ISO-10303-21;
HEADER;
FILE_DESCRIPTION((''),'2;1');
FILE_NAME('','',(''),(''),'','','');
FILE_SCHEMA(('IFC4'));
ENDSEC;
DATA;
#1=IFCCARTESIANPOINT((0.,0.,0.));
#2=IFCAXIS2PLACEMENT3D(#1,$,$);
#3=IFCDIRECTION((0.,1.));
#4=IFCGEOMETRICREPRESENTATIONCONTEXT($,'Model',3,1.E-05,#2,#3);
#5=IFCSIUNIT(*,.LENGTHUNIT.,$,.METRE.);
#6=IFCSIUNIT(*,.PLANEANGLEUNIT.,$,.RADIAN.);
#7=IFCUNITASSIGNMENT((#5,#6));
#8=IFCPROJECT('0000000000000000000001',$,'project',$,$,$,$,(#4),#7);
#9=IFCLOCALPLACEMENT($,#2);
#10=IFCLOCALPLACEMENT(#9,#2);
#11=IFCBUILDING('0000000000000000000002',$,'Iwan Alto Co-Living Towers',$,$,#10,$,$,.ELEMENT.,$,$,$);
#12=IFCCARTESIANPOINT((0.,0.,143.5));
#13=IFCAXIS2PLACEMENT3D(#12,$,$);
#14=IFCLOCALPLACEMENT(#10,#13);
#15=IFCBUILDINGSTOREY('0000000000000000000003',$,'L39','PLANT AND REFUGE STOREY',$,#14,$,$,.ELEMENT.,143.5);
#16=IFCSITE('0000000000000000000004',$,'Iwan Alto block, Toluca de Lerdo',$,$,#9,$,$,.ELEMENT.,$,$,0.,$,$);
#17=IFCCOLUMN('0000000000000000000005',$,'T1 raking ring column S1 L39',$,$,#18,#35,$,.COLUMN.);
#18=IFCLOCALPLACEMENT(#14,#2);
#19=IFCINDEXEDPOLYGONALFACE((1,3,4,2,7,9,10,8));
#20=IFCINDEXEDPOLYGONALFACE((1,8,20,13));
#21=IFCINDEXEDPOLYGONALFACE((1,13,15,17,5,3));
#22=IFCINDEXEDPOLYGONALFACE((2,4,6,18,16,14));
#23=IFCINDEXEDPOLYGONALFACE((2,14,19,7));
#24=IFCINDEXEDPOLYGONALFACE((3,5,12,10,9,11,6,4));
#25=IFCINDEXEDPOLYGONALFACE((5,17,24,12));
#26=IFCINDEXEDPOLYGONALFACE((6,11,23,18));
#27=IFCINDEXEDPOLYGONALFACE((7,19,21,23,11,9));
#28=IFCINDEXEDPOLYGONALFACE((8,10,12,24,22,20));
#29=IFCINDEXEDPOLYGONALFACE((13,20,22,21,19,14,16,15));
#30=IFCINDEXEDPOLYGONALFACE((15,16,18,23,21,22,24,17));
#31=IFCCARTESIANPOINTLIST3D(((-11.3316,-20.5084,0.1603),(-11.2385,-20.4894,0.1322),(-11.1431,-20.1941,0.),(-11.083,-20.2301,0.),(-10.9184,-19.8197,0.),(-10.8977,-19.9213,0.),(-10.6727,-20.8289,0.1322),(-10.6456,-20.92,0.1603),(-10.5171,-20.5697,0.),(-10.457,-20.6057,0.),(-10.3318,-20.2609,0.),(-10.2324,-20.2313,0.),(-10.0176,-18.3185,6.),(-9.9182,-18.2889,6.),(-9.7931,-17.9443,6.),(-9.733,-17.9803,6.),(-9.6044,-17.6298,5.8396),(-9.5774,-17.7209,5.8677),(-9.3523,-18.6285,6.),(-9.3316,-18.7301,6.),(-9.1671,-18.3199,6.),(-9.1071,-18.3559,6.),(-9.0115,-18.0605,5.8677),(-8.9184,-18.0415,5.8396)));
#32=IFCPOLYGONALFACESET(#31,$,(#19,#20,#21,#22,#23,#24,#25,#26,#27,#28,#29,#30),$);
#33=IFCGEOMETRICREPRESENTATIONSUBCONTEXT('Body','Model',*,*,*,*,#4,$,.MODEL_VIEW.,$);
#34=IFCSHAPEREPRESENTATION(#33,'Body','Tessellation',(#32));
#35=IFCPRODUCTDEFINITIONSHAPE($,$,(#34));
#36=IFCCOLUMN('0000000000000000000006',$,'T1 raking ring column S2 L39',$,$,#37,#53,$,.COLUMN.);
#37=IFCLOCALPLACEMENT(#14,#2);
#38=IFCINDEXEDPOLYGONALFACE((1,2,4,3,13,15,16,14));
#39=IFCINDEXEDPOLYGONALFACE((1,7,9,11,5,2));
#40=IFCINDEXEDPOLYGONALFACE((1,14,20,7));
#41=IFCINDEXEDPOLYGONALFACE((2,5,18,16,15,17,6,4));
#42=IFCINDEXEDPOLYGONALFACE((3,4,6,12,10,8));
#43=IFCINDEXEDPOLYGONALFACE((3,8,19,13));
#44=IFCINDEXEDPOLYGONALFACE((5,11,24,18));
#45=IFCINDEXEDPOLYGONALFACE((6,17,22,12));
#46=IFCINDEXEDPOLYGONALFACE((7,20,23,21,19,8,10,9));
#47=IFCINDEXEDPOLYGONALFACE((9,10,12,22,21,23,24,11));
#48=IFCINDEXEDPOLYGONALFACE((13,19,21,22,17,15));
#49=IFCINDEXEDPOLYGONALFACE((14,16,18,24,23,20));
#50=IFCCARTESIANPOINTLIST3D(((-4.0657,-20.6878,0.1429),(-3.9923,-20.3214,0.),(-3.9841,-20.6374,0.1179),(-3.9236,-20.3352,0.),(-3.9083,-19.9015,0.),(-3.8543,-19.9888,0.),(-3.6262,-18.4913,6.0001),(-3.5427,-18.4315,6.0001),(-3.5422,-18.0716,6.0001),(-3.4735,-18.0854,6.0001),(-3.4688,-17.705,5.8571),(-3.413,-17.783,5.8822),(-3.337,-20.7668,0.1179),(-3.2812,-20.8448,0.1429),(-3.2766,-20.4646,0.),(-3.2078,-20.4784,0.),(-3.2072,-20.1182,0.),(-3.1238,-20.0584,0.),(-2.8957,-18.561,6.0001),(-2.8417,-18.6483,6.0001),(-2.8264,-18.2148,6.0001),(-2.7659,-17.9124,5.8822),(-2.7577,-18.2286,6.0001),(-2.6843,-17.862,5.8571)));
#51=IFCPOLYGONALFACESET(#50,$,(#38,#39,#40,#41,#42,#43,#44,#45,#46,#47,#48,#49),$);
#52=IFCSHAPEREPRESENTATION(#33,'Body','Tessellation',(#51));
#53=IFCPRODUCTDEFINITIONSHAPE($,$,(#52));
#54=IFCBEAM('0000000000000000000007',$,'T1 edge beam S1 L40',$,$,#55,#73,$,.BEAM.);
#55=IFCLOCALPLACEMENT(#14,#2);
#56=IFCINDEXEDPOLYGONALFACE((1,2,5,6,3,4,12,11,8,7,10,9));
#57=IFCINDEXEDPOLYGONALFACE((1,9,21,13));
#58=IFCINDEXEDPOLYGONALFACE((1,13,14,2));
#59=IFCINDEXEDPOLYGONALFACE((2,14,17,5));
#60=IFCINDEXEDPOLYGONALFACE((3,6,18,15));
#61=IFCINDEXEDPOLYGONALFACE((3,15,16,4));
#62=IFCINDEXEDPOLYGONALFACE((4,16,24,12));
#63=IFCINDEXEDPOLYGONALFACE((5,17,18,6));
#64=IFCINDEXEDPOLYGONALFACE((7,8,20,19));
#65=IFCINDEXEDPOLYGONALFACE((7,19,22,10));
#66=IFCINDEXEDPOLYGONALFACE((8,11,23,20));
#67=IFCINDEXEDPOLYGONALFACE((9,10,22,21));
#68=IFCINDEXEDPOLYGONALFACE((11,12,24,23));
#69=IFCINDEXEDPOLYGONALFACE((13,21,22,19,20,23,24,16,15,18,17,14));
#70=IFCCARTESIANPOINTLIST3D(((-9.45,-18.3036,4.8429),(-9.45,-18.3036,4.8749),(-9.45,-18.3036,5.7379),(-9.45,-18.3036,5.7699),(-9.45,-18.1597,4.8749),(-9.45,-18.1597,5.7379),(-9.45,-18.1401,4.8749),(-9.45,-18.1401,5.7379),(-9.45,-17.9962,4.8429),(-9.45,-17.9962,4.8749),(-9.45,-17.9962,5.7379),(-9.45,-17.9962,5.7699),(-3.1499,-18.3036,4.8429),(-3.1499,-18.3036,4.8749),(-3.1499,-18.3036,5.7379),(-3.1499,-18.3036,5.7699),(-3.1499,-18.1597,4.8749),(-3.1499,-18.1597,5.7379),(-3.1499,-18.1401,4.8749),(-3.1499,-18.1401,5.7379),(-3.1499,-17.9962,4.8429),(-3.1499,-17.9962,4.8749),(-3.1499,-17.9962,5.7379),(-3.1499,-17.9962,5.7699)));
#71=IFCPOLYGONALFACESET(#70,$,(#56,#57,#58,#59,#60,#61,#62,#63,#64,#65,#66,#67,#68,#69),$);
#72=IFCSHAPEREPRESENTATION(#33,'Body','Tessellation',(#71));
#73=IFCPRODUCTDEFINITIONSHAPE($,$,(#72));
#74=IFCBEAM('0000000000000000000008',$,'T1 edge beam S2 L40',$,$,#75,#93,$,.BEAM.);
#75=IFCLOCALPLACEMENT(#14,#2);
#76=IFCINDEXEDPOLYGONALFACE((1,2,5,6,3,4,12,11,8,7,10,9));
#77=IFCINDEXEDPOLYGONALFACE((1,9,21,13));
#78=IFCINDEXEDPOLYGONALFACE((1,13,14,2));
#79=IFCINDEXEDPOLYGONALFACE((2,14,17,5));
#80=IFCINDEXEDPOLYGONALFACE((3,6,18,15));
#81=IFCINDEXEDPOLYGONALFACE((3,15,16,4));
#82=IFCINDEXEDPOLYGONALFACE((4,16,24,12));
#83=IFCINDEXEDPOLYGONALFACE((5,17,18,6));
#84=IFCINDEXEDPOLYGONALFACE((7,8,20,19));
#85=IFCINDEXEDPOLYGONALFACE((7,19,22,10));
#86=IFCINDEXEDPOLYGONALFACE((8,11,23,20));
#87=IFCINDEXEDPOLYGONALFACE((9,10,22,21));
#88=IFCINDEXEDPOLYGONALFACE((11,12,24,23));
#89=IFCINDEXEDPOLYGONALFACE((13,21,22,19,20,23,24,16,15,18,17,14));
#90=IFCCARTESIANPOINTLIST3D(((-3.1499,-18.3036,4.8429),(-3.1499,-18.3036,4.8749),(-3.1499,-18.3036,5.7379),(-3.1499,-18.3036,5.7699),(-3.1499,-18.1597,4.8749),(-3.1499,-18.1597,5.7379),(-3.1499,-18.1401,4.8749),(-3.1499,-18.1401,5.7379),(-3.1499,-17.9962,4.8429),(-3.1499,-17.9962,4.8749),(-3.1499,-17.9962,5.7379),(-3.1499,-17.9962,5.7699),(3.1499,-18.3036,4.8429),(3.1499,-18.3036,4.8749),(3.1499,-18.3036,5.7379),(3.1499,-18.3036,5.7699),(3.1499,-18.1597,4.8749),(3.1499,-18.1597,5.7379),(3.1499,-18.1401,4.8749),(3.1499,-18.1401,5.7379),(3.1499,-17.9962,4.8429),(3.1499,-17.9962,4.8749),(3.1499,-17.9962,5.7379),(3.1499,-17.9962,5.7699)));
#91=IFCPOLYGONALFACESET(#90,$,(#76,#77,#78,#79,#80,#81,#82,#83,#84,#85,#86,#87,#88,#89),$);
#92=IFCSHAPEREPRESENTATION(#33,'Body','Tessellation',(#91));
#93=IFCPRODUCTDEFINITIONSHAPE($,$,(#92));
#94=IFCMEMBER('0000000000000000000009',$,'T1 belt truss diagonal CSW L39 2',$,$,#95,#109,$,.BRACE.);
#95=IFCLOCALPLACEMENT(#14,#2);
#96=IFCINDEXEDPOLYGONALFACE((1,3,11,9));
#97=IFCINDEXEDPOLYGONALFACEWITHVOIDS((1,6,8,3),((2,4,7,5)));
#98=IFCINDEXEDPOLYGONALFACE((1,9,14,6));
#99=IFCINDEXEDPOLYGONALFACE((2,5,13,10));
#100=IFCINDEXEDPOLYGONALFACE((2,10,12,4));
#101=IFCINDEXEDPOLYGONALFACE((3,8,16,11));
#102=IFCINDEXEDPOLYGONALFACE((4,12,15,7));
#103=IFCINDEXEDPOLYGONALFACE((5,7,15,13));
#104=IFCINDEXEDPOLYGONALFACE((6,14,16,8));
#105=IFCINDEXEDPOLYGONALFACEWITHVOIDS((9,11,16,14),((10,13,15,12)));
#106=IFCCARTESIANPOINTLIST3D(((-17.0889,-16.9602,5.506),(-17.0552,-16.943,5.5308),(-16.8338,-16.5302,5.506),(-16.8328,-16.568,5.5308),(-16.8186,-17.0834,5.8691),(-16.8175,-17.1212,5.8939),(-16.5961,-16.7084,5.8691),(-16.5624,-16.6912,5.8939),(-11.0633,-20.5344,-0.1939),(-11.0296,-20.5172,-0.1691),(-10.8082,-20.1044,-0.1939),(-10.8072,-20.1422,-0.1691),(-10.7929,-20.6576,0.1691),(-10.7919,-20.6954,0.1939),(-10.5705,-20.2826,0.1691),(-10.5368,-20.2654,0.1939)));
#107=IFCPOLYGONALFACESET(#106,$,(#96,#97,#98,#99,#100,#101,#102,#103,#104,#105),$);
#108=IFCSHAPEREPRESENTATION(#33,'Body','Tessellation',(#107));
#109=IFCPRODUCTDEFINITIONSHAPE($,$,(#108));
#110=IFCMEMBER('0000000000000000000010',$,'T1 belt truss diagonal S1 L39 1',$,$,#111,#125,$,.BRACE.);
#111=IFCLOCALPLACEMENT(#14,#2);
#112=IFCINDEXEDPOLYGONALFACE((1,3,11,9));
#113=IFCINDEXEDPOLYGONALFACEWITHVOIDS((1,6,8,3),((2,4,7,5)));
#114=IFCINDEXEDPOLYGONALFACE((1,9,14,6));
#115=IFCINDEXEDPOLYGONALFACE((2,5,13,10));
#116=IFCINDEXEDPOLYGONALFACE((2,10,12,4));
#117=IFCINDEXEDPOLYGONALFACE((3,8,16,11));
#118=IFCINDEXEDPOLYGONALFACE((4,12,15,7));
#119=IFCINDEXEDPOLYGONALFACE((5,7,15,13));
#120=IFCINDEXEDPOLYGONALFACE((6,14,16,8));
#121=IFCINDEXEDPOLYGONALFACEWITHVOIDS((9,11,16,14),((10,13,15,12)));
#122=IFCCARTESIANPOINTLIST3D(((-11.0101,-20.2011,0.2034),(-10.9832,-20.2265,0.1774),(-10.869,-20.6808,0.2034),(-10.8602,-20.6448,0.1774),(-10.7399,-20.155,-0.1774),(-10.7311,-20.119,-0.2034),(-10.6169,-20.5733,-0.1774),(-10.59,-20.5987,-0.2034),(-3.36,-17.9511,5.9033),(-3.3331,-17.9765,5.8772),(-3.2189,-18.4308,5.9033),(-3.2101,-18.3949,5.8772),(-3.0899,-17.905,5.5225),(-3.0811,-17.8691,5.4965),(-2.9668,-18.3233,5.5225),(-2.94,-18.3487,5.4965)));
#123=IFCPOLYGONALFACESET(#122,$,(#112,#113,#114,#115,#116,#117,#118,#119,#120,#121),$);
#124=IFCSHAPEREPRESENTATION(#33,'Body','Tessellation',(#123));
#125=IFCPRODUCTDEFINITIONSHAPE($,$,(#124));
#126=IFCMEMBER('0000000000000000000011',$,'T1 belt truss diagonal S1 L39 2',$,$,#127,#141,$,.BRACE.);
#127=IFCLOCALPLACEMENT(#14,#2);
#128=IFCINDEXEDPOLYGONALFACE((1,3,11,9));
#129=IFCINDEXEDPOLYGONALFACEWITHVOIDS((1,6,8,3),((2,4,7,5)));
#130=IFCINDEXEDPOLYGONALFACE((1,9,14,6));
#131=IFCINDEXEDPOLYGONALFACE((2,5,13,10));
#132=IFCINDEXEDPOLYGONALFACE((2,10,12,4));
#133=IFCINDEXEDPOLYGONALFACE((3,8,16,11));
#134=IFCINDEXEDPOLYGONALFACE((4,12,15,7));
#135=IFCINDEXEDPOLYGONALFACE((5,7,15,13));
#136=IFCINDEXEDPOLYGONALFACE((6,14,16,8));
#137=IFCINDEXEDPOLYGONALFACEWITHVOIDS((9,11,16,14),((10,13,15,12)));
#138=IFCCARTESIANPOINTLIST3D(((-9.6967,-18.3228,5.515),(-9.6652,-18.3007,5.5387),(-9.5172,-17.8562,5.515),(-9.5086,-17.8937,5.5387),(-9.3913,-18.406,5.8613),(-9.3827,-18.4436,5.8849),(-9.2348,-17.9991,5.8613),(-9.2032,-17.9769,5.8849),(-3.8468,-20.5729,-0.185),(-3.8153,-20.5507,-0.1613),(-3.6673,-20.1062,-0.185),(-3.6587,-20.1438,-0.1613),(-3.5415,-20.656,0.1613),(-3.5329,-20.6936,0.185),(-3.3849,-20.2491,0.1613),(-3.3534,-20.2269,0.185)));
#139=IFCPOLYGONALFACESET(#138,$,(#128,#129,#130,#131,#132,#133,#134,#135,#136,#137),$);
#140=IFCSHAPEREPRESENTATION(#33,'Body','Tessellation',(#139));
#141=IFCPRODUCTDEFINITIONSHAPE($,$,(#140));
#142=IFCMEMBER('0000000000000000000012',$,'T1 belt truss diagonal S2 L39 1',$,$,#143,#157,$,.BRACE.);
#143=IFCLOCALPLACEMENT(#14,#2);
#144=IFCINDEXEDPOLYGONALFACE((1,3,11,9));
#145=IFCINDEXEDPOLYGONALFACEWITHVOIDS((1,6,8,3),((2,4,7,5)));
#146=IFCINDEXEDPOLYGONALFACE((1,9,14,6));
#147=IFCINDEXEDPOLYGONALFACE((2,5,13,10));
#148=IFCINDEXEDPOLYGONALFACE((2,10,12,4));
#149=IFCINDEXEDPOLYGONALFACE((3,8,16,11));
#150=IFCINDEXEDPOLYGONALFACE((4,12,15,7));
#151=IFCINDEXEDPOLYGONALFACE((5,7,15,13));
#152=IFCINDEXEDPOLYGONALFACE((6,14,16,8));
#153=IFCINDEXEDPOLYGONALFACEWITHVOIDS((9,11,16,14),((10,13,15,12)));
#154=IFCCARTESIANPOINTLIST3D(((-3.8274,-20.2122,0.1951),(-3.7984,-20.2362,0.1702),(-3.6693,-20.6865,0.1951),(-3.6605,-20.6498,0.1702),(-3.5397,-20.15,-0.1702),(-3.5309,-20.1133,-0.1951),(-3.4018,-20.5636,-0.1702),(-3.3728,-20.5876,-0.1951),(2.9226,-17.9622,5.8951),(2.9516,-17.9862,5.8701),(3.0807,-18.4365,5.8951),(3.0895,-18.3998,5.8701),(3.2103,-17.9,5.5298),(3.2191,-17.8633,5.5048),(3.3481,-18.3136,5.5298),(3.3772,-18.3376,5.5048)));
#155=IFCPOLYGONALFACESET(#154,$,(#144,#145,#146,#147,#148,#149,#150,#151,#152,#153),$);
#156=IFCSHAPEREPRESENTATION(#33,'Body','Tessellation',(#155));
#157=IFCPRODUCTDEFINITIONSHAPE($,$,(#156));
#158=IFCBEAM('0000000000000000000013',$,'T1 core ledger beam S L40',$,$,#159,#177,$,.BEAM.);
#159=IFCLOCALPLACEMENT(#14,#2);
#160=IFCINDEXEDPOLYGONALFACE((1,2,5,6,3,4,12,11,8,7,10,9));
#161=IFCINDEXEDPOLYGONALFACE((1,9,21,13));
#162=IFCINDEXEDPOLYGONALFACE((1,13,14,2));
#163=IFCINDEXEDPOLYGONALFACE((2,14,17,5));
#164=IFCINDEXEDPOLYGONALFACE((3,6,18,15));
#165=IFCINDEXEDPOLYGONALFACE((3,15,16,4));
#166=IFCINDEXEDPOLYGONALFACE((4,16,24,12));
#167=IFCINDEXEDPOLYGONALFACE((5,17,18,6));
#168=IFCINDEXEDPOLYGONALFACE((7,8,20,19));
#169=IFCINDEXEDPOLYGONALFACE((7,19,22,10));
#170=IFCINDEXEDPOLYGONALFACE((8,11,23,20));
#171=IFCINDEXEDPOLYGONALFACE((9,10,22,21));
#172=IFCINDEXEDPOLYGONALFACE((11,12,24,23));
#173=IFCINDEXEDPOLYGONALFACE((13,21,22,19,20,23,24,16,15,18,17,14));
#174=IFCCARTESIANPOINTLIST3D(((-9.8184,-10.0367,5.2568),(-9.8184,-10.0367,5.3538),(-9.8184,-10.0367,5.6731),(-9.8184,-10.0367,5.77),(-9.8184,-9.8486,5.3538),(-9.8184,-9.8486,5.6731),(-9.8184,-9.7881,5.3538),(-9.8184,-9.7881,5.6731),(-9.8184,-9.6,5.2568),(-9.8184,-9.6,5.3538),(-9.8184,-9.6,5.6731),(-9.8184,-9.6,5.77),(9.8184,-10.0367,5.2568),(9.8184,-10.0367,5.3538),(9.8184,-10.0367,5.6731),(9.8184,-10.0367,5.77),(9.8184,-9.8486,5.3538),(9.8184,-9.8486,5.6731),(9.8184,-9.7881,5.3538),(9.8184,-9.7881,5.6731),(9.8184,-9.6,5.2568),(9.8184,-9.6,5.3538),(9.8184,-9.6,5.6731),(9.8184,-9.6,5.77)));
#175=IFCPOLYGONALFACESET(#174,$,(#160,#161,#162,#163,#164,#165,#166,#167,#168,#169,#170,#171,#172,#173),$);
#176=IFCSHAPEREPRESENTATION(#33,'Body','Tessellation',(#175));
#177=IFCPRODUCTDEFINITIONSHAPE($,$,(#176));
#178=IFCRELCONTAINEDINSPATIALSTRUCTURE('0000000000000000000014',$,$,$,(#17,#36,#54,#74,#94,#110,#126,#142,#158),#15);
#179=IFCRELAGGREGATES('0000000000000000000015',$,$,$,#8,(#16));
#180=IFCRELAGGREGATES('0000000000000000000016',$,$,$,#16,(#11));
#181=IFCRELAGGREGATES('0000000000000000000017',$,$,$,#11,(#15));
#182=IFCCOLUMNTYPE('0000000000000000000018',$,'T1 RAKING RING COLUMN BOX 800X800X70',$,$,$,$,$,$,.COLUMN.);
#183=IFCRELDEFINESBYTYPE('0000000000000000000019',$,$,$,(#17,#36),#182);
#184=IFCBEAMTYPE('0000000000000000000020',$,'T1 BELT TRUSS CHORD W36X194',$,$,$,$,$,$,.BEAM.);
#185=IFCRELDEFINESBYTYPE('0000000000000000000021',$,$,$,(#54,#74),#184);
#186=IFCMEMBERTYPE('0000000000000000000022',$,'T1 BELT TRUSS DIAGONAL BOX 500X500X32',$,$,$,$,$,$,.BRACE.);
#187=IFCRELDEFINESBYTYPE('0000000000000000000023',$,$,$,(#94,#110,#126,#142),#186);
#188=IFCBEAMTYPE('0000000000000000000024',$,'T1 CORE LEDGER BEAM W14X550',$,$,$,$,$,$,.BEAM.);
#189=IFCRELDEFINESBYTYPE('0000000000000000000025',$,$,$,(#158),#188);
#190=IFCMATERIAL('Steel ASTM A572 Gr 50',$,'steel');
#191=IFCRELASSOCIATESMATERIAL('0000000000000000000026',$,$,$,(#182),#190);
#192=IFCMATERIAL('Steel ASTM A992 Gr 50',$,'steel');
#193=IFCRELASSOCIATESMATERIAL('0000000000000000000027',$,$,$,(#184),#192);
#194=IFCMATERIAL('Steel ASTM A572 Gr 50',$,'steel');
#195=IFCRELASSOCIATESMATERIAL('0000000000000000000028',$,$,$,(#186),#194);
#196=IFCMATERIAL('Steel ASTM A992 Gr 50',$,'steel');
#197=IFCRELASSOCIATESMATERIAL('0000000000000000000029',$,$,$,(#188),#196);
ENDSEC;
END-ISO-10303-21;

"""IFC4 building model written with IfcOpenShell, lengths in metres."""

from ifc_helpers import new_model, si_unit, direction, frame, origin, origin_2d, place, context, subcontext, project, spatial, hollow_rectangle, i_section, extrude, clip, halfspace, material, material_profile, profile_set, type_object, element, save


model = new_model("IFC4")

# Units and contexts
model_context = context("Model", 3, precision=1e-05, world=origin(), true_north=direction((0.0, 1.0)))
body_context = subcontext(model_context, "Body", "Model", "MODEL_VIEW")
ifc_project = project(units=[si_unit("LENGTHUNIT", "METRE"), si_unit("PLANEANGLEUNIT", "RADIAN")], contexts=[model_context])

# Site, building, storey
site_placement = place(None, origin())
site = spatial("IfcSite", under=ifc_project, at=site_placement, Name="Iwan Alto block, Toluca de Lerdo", CompositionType="ELEMENT", RefElevation=0.0)
building_placement = place(site_placement, origin())
building = spatial("IfcBuilding", under=site, at=building_placement, Name="Iwan Alto Co-Living Towers", CompositionType="ELEMENT")
storey_placement = place(building_placement, frame((0.0, 0.0, 143.5)))
storey = spatial("IfcBuildingStorey", under=building, at=storey_placement, Name="L39", Description="PLANT AND REFUGE STOREY", CompositionType="ELEMENT", Elevation=143.5)

# Columns
ifc_material_1 = material(Name="Steel ASTM A572 Gr 50", Category="steel")
ifc_material_profile_1 = material_profile(ifc_material_1, hollow_rectangle(XDim=0.8, YDim=0.8, WallThickness=0.0701, at=origin_2d()), Name="BOX 800X800X70")
ifc_profile_set_1 = profile_set([ifc_material_profile_1], Name="Steel ASTM A572 Gr 50")
column_type = type_object("IfcColumnType", Name="T1 RAKING RING COLUMN BOX 800X800X70", PredefinedType="COLUMN", material=ifc_profile_set_1)
column_1_placement = place(storey_placement, frame((-10.8, -20.3999, 0.0), z_axis=(0.206163, 0.34358, 0.916215), x_axis=(-0.857477, 0.514523, 0.0)))
element("IfcColumn", 1, at=column_1_placement, inside=storey, type_object=column_type, Name="T1 raking ring column S1 L39", PredefinedType="COLUMN", context=body_context, shape_type="Clipping", body=[
    clip(clip(extrude(hollow_rectangle(XDim=0.8, YDim=0.8, WallThickness=0.0701, at=origin_2d()), origin(), (0.0, 0.0, 1.0), 6.5486), halfspace(frame((0.0, 0.0, 0.0), z_axis=(0.0, -0.400688, -0.916215), x_axis=(-0.857477, -0.471414, 0.206163)), False)), halfspace(frame((0.0, 2.4041, 5.4973), z_axis=(0.0, 0.400688, 0.916215), x_axis=(-0.857477, -0.471414, 0.206163)), False)),
])
column_2_placement = place(storey_placement, frame((-3.6001, -20.3999, 0.0), z_axis=(0.070082, 0.35026, 0.934027), x_axis=(-0.980564, 0.196198, 0.0)))
element("IfcColumn", 2, at=column_2_placement, inside=storey, type_object=column_type, Name="T1 raking ring column S2 L39", PredefinedType="COLUMN", context=body_context, shape_type="Clipping", body=[
    clip(clip(extrude(hollow_rectangle(XDim=0.8, YDim=0.8, WallThickness=0.0701, at=origin_2d()), origin(), (0.0, 0.0, 1.0), 6.4238), halfspace(frame((0.0, 0.0, 0.0), z_axis=(0.0, -0.357203, -0.934027), x_axis=(-0.980564, -0.183254, 0.070082)), False)), halfspace(frame((0.0, 2.1433, 5.6042), z_axis=(0.0, 0.357203, 0.934027), x_axis=(-0.980564, -0.183254, 0.070082)), False)),
])

# Beams
ifc_material_2 = material(Name="Steel ASTM A992 Gr 50", Category="steel")
ifc_material_profile_2 = material_profile(ifc_material_2, i_section(OverallWidth=0.3074, OverallDepth=0.927, WebThickness=0.0195, FlangeThickness=0.032, at=origin_2d()), Name="W36X194")
ifc_profile_set_2 = profile_set([ifc_material_profile_2], Name="Steel ASTM A992 Gr 50")
beam_type_1 = type_object("IfcBeamType", Name="T1 BELT TRUSS CHORD W36X194", PredefinedType="BEAM", material=ifc_profile_set_2)
beam_1_placement = place(storey_placement, frame((-9.45, -18.1499, 5.3064), z_axis=(1.0, 0.0, 0.0), x_axis=(0.0, 1.0, 0.0)))
element("IfcBeam", 3, at=beam_1_placement, inside=storey, type_object=beam_type_1, Name="T1 edge beam S1 L40", PredefinedType="BEAM", context=body_context, shape_type="SweptSolid", body=[
    extrude(i_section(OverallWidth=0.3074, OverallDepth=0.927, WebThickness=0.0195, FlangeThickness=0.032, at=origin_2d()), origin(), (0.0, 0.0, 1.0), 6.3),
])
beam_2_placement = place(storey_placement, frame((-3.1499, -18.1499, 5.3064), z_axis=(1.0, 0.0, 0.0), x_axis=(0.0, 1.0, 0.0)))
element("IfcBeam", 4, at=beam_2_placement, inside=storey, type_object=beam_type_1, Name="T1 edge beam S2 L40", PredefinedType="BEAM", context=body_context, shape_type="SweptSolid", body=[
    extrude(i_section(OverallWidth=0.3074, OverallDepth=0.927, WebThickness=0.0195, FlangeThickness=0.032, at=origin_2d()), origin(), (0.0, 0.0, 1.0), 6.2998),
])

# Members
ifc_material_3 = material(Name="Steel ASTM A572 Gr 50", Category="steel")
ifc_material_profile_3 = material_profile(ifc_material_3, hollow_rectangle(XDim=0.5, YDim=0.5, WallThickness=0.032, at=origin_2d()), Name="BOX 500X500X32")
ifc_profile_set_3 = profile_set([ifc_material_profile_3], Name="Steel ASTM A572 Gr 50")
member_type_1 = type_object("IfcMemberType", Name="T1 BELT TRUSS DIAGONAL BOX 500X500X32", PredefinedType="BRACE", material=ifc_profile_set_3)
member_1_placement = place(storey_placement, frame((-10.8, -20.3999, 0.0), z_axis=(-0.66716, 0.395739, 0.631101), x_axis=(-0.510169, -0.860074, 0.0)))
element("IfcMember", 5, at=member_1_placement, inside=storey, type_object=member_type_1, Name="T1 belt truss diagonal CSW L39 2", PredefinedType="BRACE", context=body_context, shape_type="SweptSolid", body=[
    extrude(hollow_rectangle(XDim=0.5, YDim=0.5, WallThickness=0.032, at=origin_2d()), origin(), (0.0, 0.0, 1.0), 9.0317),
])
member_2_placement = place(storey_placement, frame((-10.8, -20.3999, 0.0), z_axis=(0.780478, 0.229548, 0.581517), x_axis=(-0.282161, 0.959367, 0.0)))
element("IfcMember", 6, at=member_2_placement, inside=storey, type_object=member_type_1, Name="T1 belt truss diagonal S1 L39 1", PredefinedType="BRACE", context=body_context, shape_type="SweptSolid", body=[
    extrude(hollow_rectangle(XDim=0.5, YDim=0.5, WallThickness=0.032, at=origin_2d()), origin(), (0.0, 0.0, 1.0), 9.8018),
])
member_3_placement = place(storey_placement, frame((-3.6001, -20.3999, 0.0), z_axis=(-0.690503, 0.265585, 0.672808), x_axis=(-0.358987, -0.933343, 0.0)))
element("IfcMember", 7, at=member_3_placement, inside=storey, type_object=member_type_1, Name="T1 belt truss diagonal S1 L39 2", PredefinedType="BRACE", context=body_context, shape_type="SweptSolid", body=[
    extrude(hollow_rectangle(XDim=0.5, YDim=0.5, WallThickness=0.032, at=origin_2d()), origin(), (0.0, 0.0, 1.0), 8.4719),
])
member_4_placement = place(storey_placement, frame((-3.6001, -20.3999, 0.0), z_axis=(0.740398, 0.246799, 0.62522), x_axis=(-0.316228, 0.948683, 0.0)))
element("IfcMember", 8, at=member_4_placement, inside=storey, type_object=member_type_1, Name="T1 belt truss diagonal S2 L39 1", PredefinedType="BRACE", context=body_context, shape_type="SweptSolid", body=[
    extrude(hollow_rectangle(XDim=0.5, YDim=0.5, WallThickness=0.032, at=origin_2d()), origin(), (0.0, 0.0, 1.0), 9.1167),
])

# Beam
ifc_material_4 = material(Name="Steel ASTM A992 Gr 50", Category="steel")
ifc_material_profile_4 = material_profile(ifc_material_4, i_section(OverallWidth=0.4368, OverallDepth=0.5132, WebThickness=0.0605, FlangeThickness=0.0969, at=origin_2d()), Name="W14X550")
ifc_profile_set_4 = profile_set([ifc_material_profile_4], Name="Steel ASTM A992 Gr 50")
beam_type_2 = type_object("IfcBeamType", Name="T1 CORE LEDGER BEAM W14X550", PredefinedType="BEAM", material=ifc_profile_set_4)
beam_3_placement = place(storey_placement, frame((-9.8184, -9.8184, 5.5134), z_axis=(1.0, 0.0, 0.0), x_axis=(0.0, 1.0, 0.0)))
element("IfcBeam", 9, at=beam_3_placement, inside=storey, type_object=beam_type_2, Name="T1 core ledger beam S L40", PredefinedType="BEAM", context=body_context, shape_type="SweptSolid", body=[
    extrude(i_section(OverallWidth=0.4368, OverallDepth=0.5132, WebThickness=0.0605, FlangeThickness=0.0969, at=origin_2d()), origin(), (0.0, 0.0, 1.0), 19.6367),
])

save(model, "model.ifc")
